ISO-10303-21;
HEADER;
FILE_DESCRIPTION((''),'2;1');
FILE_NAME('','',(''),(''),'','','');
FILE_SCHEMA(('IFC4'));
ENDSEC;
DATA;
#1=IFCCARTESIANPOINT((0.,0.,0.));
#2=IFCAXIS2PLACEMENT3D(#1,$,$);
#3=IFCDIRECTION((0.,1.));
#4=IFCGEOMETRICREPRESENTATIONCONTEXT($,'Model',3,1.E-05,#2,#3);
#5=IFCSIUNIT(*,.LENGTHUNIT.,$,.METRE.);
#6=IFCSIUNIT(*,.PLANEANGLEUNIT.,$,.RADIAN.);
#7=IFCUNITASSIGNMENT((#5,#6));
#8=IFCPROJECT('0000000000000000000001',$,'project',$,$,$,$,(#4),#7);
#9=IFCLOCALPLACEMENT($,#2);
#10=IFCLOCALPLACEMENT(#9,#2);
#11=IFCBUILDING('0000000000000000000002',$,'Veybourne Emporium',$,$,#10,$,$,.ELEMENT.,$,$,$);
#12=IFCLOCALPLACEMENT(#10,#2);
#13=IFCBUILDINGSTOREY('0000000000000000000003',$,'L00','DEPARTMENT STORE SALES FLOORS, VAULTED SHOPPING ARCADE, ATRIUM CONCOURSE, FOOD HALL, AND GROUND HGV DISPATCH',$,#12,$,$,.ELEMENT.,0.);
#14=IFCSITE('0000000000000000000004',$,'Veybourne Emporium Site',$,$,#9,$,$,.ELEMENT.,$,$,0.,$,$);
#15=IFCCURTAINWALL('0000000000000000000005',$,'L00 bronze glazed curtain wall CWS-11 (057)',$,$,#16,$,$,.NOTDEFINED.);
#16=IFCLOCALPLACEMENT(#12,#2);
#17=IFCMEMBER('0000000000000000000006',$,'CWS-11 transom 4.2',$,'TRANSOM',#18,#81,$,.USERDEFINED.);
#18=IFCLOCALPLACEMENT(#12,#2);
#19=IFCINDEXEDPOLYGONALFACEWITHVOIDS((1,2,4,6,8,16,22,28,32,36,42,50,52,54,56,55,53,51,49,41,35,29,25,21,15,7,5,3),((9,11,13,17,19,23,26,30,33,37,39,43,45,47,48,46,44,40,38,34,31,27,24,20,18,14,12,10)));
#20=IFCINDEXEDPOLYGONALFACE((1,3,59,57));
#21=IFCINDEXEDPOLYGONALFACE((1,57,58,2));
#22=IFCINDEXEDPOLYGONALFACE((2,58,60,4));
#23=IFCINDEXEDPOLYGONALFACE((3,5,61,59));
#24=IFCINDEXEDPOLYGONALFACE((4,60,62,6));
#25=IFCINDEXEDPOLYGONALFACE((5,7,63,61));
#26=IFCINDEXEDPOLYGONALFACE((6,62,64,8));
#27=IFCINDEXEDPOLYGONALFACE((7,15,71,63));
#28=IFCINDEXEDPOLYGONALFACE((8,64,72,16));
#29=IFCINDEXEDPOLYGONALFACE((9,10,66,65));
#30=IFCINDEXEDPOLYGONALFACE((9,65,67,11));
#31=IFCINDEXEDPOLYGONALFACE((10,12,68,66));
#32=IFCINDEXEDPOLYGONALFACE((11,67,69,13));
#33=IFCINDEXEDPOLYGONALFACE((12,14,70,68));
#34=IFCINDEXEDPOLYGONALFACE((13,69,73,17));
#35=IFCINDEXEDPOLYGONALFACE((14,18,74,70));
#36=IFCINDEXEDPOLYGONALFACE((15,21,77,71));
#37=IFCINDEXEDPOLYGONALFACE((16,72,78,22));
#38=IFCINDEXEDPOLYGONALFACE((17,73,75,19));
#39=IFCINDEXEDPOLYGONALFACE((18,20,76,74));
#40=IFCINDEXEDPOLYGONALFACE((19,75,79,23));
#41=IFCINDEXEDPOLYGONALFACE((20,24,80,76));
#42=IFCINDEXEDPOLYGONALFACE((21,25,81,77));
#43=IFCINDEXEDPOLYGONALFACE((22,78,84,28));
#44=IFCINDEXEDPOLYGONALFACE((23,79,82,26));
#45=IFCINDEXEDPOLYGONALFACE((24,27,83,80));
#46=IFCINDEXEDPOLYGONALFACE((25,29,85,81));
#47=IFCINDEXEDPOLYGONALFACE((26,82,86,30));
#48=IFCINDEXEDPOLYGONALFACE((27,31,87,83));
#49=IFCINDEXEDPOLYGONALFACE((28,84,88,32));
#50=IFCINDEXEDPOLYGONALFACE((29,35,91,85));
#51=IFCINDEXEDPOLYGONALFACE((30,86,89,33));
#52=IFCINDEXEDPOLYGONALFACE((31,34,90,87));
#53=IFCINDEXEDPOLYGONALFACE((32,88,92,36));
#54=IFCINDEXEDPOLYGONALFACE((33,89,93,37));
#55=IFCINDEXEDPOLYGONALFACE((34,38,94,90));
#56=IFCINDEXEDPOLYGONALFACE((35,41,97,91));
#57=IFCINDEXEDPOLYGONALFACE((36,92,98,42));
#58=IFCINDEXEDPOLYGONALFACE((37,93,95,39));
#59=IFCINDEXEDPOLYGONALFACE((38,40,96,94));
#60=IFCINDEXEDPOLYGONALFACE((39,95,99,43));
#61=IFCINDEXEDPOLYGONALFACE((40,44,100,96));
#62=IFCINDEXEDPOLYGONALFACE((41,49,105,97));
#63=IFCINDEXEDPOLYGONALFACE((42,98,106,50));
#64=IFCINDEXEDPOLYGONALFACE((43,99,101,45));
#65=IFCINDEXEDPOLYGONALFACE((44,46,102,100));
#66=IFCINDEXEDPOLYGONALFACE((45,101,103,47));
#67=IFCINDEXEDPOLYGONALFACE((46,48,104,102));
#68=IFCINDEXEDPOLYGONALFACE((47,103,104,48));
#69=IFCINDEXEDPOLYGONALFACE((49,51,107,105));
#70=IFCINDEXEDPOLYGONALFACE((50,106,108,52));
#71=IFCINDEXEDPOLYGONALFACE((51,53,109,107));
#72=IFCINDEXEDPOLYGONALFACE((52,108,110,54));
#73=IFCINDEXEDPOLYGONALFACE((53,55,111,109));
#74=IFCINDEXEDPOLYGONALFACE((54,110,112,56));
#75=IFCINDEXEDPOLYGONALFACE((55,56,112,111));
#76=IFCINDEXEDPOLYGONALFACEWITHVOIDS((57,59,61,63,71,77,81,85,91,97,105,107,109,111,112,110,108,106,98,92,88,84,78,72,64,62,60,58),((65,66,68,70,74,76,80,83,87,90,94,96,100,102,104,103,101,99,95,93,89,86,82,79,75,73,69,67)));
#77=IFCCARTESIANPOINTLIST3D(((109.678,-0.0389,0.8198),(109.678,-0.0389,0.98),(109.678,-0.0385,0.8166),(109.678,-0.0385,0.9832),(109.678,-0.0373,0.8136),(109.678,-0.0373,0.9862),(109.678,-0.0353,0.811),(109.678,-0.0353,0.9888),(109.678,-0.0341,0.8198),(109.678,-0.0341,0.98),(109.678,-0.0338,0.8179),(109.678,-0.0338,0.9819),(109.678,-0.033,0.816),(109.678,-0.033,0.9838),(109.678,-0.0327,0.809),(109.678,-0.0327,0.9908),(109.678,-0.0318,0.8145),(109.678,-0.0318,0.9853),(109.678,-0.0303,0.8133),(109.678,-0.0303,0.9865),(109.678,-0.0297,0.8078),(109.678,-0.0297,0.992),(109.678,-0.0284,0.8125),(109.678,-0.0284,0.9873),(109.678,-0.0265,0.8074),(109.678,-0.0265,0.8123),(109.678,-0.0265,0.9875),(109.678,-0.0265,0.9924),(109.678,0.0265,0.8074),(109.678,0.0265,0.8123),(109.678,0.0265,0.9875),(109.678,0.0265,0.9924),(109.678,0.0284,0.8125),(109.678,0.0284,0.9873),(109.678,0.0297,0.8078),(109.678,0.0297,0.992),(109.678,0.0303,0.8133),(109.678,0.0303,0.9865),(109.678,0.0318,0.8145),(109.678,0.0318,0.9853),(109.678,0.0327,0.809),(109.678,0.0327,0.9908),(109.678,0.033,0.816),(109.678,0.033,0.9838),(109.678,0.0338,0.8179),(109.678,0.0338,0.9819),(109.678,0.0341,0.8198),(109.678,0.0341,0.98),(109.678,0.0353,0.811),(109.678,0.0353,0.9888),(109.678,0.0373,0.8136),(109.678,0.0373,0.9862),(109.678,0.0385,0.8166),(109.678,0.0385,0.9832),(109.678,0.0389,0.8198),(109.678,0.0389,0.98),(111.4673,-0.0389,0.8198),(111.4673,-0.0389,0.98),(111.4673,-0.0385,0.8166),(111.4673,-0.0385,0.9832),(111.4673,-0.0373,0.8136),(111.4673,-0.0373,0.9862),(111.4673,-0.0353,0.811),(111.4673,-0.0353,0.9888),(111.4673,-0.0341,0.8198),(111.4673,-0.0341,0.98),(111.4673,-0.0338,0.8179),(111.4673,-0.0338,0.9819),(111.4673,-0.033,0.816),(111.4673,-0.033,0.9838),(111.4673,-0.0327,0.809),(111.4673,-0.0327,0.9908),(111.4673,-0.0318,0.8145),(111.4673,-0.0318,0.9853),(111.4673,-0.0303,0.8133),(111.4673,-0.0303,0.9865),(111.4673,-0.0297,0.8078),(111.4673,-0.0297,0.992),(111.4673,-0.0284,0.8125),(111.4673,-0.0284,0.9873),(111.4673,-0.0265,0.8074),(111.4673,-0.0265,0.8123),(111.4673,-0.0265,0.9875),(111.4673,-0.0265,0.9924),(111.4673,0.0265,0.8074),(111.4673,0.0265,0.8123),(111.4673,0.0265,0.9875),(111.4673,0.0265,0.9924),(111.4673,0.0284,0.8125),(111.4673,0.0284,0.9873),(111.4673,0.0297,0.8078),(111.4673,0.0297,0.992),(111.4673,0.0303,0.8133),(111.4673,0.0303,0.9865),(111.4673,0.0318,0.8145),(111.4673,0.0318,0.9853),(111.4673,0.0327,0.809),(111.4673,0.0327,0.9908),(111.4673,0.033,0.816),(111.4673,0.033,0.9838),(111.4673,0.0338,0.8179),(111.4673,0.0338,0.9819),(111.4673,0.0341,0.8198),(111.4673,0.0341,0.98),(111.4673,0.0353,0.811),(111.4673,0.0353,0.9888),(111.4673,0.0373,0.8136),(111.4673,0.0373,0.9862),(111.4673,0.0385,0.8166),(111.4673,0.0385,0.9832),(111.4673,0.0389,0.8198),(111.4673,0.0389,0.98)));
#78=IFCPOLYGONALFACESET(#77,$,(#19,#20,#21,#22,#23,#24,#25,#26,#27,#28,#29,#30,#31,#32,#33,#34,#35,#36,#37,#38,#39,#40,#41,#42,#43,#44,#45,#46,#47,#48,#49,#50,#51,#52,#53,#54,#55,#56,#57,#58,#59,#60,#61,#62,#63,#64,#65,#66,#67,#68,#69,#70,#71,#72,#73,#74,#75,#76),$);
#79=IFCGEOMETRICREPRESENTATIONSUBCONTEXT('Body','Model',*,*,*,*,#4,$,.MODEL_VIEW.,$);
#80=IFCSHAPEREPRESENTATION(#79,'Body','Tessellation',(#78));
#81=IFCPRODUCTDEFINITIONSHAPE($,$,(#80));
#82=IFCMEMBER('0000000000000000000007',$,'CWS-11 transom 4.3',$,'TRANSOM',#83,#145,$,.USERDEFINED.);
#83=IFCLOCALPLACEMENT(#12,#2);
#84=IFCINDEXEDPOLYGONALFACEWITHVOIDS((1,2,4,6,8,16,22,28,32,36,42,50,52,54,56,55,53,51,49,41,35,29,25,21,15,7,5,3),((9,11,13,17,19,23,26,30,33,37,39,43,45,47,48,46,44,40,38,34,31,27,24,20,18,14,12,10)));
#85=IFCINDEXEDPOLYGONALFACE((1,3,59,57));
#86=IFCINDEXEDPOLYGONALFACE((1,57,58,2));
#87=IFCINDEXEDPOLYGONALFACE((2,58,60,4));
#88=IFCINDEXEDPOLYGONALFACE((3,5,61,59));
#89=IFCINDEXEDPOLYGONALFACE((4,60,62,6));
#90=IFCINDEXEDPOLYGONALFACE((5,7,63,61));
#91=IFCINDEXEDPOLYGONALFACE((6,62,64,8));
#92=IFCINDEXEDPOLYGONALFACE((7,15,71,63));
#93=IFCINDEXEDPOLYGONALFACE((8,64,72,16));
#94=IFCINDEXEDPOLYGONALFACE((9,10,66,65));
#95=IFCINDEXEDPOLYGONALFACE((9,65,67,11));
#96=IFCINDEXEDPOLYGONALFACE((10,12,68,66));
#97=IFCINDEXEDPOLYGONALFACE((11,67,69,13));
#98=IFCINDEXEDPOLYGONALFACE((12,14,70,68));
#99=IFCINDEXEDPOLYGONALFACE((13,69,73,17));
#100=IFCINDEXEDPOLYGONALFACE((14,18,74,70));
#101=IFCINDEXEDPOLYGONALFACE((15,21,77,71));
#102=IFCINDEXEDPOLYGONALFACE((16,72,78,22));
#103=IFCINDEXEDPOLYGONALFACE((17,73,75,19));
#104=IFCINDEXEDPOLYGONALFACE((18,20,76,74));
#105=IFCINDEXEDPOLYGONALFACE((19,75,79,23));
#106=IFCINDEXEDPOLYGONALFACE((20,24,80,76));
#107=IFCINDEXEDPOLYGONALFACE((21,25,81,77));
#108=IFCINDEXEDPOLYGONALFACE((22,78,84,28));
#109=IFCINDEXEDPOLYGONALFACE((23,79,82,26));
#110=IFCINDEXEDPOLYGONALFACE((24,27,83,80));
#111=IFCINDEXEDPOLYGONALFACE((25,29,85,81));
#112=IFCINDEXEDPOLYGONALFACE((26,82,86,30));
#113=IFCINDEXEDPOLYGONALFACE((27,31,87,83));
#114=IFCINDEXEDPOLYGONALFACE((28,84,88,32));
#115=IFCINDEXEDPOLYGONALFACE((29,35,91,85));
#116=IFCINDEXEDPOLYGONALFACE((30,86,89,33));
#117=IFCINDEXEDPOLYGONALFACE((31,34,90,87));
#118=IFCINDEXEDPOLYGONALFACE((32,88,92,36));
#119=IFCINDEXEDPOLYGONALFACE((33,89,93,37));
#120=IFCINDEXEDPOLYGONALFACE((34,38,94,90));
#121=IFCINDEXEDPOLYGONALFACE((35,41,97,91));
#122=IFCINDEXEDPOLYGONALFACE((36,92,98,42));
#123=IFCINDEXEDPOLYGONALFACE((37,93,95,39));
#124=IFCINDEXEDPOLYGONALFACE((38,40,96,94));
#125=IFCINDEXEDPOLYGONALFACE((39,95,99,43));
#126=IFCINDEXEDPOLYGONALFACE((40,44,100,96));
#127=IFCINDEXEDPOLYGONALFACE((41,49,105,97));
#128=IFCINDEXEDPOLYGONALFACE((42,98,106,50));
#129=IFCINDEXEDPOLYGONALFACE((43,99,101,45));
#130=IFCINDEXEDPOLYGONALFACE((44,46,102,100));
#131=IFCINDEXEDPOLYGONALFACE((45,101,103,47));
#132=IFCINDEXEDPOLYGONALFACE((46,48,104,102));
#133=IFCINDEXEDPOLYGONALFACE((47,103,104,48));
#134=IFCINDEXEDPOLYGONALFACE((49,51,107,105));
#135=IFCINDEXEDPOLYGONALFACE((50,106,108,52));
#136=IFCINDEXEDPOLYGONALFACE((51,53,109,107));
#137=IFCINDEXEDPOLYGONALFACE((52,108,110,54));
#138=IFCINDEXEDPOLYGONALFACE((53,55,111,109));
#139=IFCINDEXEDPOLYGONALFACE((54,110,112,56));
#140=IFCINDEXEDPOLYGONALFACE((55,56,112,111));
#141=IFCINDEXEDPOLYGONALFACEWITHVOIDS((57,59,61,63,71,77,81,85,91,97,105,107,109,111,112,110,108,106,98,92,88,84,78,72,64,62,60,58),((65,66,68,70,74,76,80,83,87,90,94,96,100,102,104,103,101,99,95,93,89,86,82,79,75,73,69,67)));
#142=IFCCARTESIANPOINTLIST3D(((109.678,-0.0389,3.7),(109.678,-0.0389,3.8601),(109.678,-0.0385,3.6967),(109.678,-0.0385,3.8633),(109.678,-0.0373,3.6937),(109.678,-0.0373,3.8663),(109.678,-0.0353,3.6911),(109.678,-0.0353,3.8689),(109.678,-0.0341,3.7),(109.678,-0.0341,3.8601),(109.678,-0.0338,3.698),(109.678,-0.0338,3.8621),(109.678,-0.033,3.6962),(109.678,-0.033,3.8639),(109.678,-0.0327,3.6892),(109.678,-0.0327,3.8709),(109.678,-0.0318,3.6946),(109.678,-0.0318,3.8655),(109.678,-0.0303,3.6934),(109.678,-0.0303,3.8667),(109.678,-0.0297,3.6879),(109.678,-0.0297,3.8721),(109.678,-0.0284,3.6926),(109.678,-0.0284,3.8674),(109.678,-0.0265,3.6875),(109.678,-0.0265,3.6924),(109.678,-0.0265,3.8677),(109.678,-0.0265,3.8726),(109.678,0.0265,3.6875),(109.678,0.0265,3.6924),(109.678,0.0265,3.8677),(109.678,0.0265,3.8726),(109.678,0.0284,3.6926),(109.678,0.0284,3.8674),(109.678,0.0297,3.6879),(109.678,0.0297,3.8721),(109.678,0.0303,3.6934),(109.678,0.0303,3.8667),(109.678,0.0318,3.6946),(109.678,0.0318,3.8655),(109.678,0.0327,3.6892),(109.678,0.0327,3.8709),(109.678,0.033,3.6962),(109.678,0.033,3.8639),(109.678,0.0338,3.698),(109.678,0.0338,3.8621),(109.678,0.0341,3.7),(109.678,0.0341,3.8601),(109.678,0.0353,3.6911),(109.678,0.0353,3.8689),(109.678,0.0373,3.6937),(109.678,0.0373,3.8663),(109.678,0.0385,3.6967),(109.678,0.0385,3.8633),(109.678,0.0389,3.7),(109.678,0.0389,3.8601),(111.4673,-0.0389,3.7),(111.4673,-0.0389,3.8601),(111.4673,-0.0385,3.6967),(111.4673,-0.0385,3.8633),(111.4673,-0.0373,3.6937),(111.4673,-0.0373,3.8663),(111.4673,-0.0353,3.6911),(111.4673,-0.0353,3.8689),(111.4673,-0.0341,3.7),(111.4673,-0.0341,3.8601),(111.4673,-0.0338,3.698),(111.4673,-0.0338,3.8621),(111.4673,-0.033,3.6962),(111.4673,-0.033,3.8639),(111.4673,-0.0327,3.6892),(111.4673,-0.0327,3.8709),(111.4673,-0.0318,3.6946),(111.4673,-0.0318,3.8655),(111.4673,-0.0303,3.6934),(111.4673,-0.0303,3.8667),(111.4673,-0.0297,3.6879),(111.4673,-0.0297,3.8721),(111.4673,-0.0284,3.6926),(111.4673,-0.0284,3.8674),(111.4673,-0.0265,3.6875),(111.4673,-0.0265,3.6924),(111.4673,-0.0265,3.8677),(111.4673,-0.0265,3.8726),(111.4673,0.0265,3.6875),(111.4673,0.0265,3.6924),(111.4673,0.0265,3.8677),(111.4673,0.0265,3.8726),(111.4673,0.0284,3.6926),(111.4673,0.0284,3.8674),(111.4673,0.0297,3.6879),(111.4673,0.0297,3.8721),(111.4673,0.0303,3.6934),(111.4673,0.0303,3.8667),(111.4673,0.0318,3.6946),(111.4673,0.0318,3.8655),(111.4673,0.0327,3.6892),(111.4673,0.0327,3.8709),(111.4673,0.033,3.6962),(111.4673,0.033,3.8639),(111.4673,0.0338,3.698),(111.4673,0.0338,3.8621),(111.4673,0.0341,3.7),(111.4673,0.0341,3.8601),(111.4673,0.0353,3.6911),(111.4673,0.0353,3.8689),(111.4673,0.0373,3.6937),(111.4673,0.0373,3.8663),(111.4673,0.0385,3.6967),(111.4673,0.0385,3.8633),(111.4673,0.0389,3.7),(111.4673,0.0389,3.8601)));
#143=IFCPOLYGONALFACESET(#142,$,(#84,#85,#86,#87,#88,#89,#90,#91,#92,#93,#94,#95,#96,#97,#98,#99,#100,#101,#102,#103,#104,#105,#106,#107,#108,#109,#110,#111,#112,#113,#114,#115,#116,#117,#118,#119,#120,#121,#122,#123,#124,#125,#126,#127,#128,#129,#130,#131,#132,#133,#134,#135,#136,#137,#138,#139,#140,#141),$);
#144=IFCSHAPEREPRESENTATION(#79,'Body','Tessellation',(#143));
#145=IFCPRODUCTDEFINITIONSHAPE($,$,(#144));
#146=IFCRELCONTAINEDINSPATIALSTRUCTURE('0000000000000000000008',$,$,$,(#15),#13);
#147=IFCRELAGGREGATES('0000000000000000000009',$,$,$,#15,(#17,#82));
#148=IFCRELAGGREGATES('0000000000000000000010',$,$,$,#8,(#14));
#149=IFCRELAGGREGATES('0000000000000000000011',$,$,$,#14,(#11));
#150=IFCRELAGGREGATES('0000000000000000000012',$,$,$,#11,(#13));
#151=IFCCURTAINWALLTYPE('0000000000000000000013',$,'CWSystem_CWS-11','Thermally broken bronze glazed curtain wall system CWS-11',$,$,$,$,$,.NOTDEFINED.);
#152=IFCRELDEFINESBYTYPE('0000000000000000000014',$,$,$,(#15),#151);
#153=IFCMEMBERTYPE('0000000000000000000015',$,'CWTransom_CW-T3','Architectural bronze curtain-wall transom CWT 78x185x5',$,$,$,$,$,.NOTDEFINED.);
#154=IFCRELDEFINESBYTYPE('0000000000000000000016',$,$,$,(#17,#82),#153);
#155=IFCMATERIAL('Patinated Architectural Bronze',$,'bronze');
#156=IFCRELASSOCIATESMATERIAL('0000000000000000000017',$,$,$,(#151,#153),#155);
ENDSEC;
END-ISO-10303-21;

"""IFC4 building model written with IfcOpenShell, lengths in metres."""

from ifc_helpers import new_model, si_unit, direction, frame, origin, origin_2d, place, context, subcontext, project, spatial, hollow_rectangle, extrude, material, material_profile, profile_set, type_object, element, aggregate, save


model = new_model("IFC4")

# Units and contexts
model_context = context("Model", 3, precision=1e-05, world=origin(), true_north=direction((0.0, 1.0)))
body_context = subcontext(model_context, "Body", "Model", "MODEL_VIEW")
ifc_project = project(units=[si_unit("LENGTHUNIT", "METRE"), si_unit("PLANEANGLEUNIT", "RADIAN")], contexts=[model_context])

# Site, building, storey
site_placement = place(None, origin())
site = spatial("IfcSite", under=ifc_project, at=site_placement, Name="Veybourne Emporium Site", CompositionType="ELEMENT", RefElevation=0.0)
building_placement = place(site_placement, origin())
building = spatial("IfcBuilding", under=site, at=building_placement, Name="Veybourne Emporium", CompositionType="ELEMENT")
storey_placement = place(building_placement, origin())
storey = spatial("IfcBuildingStorey", under=building, at=storey_placement, Name="L00", Description="DEPARTMENT STORE SALES FLOORS, VAULTED SHOPPING ARCADE, ATRIUM CONCOURSE, FOOD HALL, AND GROUND HGV DISPATCH", CompositionType="ELEMENT", Elevation=0.0)

# Curtain wall, members
ifc_material_1 = material(Name="Patinated Architectural Bronze", Category="bronze")
curtain_wall_type = type_object("IfcCurtainWallType", Name="CWSystem_CWS-11", Description="Thermally broken bronze glazed curtain wall system CWS-11", PredefinedType="NOTDEFINED", material=ifc_material_1)
curtain_wall_placement = place(storey_placement, origin())
curtain_wall = element("IfcCurtainWall", 1, at=curtain_wall_placement, inside=storey, type_object=curtain_wall_type, Name="L00 bronze glazed curtain wall CWS-11 (057)", PredefinedType="NOTDEFINED")
ifc_material_profile_1 = material_profile(ifc_material_1, hollow_rectangle(XDim=0.0779, YDim=0.1851, WallThickness=0.0049, InnerFilletRadius=0.0076, OuterFilletRadius=0.0125, at=origin_2d()), Name="CWT 78x185x5")
ifc_profile_set_1 = profile_set([ifc_material_profile_1], Name="Patinated Architectural Bronze")
member_type_1 = type_object("IfcMemberType", Name="CWTransom_CW-T3", Description="Architectural bronze curtain-wall transom CWT 78x185x5", PredefinedType="NOTDEFINED", material=ifc_profile_set_1)
member_1_placement = place(storey_placement, frame((111.4673, 0.0, 0.8999), z_axis=(-1.0, 0.0, 0.0), x_axis=(0.0, -1.0, 0.0)))
member_1 = element("IfcMember", 2, at=member_1_placement, type_object=member_type_1, Name="CWS-11 transom 4.2", ObjectType="TRANSOM", PredefinedType="USERDEFINED", context=body_context, shape_type="SweptSolid", body=[
    extrude(hollow_rectangle(XDim=0.0779, YDim=0.1851, WallThickness=0.0049, InnerFilletRadius=0.0076, OuterFilletRadius=0.0125, at=origin_2d()), origin(), (0.0, 0.0, 1.0), 1.7893),
])
member_2_placement = place(storey_placement, frame((111.4673, 0.0, 3.78), z_axis=(-1.0, 0.0, 0.0), x_axis=(0.0, -1.0, 0.0)))
member_2 = element("IfcMember", 3, at=member_2_placement, type_object=member_type_1, Name="CWS-11 transom 4.3", ObjectType="TRANSOM", PredefinedType="USERDEFINED", context=body_context, shape_type="SweptSolid", body=[
    extrude(hollow_rectangle(XDim=0.0779, YDim=0.1851, WallThickness=0.0049, InnerFilletRadius=0.0076, OuterFilletRadius=0.0125, at=origin_2d()), origin(), (0.0, 0.0, 1.0), 1.7893),
])

aggregate(curtain_wall, [member_1, member_2])

save(model, "model.ifc")
